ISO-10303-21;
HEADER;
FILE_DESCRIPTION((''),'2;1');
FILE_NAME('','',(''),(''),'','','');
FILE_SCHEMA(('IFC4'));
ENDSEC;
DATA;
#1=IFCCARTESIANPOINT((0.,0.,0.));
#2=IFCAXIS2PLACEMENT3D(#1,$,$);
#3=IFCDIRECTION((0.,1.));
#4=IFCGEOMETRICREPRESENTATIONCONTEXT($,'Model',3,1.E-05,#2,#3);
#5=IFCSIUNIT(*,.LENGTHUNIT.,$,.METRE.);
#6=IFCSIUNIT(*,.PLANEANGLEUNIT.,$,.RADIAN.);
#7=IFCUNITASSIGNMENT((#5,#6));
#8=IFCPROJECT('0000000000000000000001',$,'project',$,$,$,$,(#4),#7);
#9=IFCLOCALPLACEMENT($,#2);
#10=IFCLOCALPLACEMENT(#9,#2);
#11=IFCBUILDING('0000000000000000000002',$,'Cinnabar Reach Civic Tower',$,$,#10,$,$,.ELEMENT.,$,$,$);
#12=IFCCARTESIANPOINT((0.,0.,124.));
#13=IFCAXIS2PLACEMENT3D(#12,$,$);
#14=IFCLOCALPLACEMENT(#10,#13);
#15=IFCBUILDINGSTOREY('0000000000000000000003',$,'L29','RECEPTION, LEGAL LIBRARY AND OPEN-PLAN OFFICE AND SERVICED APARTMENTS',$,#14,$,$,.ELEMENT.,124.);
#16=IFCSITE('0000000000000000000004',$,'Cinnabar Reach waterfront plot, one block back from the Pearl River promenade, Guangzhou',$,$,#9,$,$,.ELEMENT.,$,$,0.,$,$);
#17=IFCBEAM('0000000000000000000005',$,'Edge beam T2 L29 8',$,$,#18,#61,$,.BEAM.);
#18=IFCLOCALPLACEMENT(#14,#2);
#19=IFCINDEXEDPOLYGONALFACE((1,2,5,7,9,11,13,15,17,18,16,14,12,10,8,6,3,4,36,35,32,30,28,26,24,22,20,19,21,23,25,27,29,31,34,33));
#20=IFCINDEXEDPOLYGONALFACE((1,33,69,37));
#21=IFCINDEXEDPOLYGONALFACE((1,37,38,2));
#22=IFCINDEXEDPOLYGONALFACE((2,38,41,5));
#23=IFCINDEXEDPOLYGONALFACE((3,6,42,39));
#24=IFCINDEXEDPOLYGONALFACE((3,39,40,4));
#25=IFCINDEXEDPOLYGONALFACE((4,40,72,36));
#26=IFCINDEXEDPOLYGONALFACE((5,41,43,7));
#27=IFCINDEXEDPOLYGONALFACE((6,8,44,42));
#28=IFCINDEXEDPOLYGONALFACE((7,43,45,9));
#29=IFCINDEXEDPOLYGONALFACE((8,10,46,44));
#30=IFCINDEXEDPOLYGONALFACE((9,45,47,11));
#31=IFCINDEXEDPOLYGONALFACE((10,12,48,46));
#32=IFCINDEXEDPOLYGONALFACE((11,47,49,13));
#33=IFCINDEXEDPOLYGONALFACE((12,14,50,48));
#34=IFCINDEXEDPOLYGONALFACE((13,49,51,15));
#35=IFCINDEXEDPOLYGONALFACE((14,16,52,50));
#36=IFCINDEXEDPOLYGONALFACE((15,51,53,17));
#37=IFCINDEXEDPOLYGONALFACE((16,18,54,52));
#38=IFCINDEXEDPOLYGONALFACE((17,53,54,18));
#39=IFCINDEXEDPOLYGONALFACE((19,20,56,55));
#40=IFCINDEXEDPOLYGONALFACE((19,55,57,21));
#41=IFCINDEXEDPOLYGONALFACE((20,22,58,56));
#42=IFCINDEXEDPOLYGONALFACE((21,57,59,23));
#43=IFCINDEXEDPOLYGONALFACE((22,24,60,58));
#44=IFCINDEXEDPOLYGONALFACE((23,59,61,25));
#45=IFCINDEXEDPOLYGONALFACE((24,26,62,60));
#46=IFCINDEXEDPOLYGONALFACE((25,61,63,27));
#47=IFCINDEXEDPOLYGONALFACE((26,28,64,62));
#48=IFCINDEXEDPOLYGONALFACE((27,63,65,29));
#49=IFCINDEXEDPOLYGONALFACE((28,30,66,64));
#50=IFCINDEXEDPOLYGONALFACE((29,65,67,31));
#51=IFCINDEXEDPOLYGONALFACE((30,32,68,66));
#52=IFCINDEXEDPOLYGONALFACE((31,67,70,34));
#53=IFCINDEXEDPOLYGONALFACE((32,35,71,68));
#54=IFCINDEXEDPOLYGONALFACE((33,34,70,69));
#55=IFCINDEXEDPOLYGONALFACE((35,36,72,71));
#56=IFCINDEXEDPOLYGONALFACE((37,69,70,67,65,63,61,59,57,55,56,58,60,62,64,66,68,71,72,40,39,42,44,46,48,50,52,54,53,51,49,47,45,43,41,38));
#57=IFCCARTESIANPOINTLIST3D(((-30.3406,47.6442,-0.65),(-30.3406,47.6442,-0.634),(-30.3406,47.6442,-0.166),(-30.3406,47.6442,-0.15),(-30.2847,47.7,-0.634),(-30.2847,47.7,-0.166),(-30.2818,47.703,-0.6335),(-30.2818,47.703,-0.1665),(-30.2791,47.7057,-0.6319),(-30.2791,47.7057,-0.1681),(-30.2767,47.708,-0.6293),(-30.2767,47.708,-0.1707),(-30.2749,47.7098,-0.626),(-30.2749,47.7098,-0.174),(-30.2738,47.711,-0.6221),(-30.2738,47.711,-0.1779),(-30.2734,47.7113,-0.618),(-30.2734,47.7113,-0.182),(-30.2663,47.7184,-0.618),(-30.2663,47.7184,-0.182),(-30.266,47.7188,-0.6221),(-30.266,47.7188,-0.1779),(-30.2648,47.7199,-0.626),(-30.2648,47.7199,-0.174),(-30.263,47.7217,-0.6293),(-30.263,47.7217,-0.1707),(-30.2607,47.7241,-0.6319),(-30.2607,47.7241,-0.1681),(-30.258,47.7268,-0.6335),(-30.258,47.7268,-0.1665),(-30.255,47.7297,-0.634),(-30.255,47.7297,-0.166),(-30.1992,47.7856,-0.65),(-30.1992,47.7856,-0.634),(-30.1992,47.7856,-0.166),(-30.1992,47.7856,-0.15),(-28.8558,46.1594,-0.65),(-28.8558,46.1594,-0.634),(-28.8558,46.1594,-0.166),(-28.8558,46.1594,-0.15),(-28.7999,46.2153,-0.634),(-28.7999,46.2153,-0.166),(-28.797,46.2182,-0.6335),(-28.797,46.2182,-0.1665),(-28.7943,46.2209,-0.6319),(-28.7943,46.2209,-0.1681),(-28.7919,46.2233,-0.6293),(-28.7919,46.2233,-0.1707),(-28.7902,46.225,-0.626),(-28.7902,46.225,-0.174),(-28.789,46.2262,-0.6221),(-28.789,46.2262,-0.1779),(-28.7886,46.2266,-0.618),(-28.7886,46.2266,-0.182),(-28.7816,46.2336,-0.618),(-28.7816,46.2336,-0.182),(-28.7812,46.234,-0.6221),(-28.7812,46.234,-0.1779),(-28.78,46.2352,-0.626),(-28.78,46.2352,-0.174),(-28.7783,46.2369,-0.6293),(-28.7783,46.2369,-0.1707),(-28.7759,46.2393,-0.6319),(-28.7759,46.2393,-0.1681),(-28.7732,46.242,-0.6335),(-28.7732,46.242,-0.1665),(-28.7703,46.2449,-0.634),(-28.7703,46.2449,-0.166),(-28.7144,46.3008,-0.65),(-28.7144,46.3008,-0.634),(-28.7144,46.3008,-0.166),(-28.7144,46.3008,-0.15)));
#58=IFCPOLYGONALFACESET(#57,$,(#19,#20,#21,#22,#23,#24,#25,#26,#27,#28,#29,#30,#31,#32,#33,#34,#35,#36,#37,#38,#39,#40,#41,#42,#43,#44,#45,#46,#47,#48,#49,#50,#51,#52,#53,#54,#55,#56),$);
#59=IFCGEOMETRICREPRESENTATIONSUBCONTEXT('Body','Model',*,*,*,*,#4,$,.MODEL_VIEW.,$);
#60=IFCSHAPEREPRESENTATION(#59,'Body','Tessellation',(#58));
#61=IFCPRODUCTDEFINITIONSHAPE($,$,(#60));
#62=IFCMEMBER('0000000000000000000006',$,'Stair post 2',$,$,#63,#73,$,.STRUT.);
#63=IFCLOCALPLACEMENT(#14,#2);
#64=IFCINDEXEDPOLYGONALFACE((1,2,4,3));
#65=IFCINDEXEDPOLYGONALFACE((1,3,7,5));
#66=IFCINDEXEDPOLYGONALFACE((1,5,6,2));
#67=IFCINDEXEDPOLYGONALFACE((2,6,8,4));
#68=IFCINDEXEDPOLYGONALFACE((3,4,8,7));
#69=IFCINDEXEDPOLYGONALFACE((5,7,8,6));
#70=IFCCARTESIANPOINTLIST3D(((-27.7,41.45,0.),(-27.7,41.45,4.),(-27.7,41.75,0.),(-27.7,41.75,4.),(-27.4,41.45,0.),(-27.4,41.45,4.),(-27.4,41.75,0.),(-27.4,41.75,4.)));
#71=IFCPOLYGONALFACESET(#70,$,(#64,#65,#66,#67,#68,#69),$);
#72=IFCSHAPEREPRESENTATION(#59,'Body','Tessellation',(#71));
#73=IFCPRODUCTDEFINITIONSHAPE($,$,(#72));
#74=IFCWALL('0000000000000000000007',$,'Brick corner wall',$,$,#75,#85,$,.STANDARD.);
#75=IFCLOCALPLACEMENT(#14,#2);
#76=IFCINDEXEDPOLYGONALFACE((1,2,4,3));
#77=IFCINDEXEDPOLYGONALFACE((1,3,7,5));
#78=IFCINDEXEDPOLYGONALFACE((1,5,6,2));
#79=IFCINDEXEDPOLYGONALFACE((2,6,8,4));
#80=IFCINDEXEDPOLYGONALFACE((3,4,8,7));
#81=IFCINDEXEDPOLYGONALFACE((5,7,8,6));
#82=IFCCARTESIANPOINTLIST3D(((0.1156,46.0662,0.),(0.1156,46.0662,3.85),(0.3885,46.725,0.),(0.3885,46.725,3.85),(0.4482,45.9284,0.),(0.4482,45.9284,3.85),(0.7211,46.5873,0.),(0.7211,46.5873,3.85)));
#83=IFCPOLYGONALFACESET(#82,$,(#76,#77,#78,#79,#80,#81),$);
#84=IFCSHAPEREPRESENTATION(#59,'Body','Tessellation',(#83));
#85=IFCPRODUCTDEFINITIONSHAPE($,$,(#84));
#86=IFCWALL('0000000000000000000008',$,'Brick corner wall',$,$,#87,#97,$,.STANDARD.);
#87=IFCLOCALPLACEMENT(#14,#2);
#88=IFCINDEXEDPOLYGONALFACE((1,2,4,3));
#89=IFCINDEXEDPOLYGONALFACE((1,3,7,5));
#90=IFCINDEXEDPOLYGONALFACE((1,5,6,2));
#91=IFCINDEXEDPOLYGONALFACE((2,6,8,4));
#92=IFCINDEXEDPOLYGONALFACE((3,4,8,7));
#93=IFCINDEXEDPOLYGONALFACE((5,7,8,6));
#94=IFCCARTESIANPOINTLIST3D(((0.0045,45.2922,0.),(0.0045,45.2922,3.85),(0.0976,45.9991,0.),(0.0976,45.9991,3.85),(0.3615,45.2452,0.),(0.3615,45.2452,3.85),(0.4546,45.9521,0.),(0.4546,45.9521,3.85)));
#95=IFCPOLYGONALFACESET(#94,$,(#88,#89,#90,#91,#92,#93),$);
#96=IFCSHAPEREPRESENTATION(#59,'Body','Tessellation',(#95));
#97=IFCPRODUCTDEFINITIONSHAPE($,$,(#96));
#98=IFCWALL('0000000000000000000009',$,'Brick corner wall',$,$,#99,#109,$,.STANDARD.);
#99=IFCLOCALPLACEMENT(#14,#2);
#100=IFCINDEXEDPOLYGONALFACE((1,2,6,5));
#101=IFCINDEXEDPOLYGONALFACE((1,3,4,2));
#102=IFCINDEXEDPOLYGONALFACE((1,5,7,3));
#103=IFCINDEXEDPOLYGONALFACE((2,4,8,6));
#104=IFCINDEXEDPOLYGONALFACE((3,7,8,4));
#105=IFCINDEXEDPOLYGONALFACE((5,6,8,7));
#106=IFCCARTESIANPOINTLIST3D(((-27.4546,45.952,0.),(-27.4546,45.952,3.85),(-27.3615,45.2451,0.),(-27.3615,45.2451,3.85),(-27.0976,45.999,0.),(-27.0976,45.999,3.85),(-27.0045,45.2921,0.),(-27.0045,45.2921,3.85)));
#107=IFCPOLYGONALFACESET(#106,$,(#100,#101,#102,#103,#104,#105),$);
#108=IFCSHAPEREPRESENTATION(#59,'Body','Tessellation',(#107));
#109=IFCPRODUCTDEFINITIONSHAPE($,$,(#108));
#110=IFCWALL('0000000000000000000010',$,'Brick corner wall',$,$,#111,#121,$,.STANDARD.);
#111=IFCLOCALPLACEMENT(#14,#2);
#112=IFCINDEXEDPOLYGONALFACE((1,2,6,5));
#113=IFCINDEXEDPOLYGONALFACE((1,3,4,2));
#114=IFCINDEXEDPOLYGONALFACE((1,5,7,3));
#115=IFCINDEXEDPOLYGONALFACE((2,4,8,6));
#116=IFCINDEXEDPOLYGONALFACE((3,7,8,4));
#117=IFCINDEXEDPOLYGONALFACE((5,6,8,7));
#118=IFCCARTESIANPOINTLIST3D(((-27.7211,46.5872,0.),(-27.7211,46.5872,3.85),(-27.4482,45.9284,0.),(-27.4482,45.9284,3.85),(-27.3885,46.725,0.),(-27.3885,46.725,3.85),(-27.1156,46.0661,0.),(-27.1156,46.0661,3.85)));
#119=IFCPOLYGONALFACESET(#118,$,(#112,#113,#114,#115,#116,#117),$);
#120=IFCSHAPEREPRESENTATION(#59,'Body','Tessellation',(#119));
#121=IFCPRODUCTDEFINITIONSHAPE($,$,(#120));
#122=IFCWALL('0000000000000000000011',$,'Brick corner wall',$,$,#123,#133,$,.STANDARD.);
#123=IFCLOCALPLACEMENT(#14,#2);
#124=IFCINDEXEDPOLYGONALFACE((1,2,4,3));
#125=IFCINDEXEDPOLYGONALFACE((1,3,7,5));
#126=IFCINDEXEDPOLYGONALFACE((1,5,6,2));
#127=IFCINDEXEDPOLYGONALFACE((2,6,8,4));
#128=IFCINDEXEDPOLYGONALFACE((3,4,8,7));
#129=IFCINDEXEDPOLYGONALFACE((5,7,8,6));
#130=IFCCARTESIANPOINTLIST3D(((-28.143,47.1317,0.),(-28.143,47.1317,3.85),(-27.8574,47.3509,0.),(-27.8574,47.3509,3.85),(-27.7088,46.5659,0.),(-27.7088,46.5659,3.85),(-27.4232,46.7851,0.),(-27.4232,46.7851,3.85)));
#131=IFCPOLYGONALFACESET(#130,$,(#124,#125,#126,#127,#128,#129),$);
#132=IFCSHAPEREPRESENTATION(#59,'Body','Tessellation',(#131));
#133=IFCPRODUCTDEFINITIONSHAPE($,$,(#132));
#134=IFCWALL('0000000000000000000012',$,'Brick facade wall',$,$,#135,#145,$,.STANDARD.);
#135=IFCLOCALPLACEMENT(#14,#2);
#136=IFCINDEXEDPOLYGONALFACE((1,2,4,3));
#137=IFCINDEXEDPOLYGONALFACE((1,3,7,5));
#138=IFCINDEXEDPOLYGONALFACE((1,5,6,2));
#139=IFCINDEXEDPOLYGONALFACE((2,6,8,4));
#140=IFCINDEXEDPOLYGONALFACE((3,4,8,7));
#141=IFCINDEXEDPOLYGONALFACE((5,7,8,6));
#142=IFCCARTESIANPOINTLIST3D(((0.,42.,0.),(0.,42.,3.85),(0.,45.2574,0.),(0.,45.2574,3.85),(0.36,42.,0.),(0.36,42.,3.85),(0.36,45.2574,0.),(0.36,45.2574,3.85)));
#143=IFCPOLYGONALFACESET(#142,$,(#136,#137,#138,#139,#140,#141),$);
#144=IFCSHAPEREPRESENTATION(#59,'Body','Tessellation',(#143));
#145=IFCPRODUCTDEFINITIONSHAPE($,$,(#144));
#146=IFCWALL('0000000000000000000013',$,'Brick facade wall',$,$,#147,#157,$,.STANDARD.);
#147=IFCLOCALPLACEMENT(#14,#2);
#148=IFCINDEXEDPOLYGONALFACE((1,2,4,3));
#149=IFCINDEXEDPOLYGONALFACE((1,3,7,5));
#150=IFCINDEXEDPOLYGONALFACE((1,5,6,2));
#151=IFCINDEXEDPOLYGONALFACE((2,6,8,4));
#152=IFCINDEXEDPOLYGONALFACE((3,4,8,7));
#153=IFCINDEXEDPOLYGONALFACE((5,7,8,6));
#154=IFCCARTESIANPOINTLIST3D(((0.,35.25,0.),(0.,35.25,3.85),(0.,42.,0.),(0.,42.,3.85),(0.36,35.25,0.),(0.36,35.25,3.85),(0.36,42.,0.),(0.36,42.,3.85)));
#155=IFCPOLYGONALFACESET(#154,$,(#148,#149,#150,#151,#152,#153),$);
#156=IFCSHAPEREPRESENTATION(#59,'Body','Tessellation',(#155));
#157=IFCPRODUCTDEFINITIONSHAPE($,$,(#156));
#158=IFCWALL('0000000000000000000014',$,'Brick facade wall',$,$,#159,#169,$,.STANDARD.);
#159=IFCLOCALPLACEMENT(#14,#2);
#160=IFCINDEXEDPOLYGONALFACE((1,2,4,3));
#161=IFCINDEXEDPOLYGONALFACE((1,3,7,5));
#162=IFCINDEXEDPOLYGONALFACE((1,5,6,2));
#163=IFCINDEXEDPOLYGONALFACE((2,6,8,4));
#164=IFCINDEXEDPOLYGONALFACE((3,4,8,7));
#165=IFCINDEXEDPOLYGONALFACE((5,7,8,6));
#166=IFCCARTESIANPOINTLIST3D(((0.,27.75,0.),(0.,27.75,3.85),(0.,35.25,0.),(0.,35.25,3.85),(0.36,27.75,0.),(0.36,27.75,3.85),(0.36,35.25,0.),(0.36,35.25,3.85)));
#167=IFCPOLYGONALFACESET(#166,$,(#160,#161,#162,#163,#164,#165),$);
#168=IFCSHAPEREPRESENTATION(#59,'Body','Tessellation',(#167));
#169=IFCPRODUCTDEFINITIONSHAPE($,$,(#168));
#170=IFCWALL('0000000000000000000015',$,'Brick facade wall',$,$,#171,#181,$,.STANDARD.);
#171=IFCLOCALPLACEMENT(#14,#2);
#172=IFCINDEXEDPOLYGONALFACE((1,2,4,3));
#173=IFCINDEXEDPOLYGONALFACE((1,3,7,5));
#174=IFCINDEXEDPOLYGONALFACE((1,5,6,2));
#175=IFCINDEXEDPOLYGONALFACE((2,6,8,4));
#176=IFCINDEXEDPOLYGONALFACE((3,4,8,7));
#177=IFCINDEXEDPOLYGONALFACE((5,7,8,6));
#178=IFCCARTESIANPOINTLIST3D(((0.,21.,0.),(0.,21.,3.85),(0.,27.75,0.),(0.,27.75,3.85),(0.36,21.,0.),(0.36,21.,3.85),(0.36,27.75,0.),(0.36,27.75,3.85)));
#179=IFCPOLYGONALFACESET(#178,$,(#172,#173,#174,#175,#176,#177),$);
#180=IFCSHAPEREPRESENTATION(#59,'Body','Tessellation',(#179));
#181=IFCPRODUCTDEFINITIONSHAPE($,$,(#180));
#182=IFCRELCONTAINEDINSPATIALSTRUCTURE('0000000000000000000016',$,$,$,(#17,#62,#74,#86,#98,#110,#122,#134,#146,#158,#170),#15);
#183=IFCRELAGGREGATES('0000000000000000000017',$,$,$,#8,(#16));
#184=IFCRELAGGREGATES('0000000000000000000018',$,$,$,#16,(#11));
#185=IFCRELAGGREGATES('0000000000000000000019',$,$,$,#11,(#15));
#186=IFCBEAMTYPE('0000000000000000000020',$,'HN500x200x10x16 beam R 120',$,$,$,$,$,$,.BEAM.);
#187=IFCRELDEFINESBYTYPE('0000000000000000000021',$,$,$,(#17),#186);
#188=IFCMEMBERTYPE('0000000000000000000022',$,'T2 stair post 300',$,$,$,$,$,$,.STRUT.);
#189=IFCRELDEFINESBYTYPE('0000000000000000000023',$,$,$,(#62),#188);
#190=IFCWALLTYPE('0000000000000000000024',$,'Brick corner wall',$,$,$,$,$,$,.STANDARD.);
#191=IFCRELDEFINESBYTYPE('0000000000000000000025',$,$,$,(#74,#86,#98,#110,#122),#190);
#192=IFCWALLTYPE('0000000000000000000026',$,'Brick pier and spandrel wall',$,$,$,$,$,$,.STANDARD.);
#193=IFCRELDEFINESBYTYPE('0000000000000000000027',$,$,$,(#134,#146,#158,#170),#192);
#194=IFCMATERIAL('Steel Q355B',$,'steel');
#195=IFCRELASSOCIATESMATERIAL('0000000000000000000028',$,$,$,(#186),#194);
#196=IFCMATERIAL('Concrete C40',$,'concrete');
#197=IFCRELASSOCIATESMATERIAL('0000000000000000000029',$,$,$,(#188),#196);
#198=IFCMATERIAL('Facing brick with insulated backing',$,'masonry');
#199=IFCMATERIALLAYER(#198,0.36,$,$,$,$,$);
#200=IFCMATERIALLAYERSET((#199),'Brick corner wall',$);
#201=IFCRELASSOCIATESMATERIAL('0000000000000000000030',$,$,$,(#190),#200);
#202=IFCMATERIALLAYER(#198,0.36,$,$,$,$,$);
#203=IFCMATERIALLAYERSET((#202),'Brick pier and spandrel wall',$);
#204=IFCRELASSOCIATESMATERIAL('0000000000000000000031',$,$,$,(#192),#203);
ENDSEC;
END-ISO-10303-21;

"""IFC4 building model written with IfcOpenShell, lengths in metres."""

from ifc_helpers import new_model, si_unit, direction, frame, frame_2d, origin, origin_2d, place, context, subcontext, project, spatial, rectangle, i_section, extrude, material, layer, layer_set, material_profile, profile_set, type_object, element, save


model = new_model("IFC4")

# Units and contexts
model_context = context("Model", 3, precision=1e-05, world=origin(), true_north=direction((0.0, 1.0)))
body_context = subcontext(model_context, "Body", "Model", "MODEL_VIEW")
ifc_project = project(units=[si_unit("LENGTHUNIT", "METRE"), si_unit("PLANEANGLEUNIT", "RADIAN")], contexts=[model_context])

# Site, building, storey
site_placement = place(None, origin())
site = spatial("IfcSite", under=ifc_project, at=site_placement, Name="Cinnabar Reach waterfront plot, one block back from the Pearl River promenade, Guangzhou", CompositionType="ELEMENT", RefElevation=0.0)
building_placement = place(site_placement, origin())
building = spatial("IfcBuilding", under=site, at=building_placement, Name="Cinnabar Reach Civic Tower", CompositionType="ELEMENT")
storey_placement = place(building_placement, frame((0.0, 0.0, 124.0)))
storey = spatial("IfcBuildingStorey", under=building, at=storey_placement, Name="L29", Description="RECEPTION, LEGAL LIBRARY AND OPEN-PLAN OFFICE AND SERVICED APARTMENTS", CompositionType="ELEMENT", Elevation=124.0)

# Beam
ifc_material_1 = material(Name="Steel Q355B", Category="steel")
ifc_material_profile_1 = material_profile(ifc_material_1, i_section(OverallWidth=0.2, OverallDepth=0.5, WebThickness=0.01, FlangeThickness=0.016, FilletRadius=0.016, at=origin_2d()), Name="HN500x200x10x16")
ifc_profile_set_1 = profile_set([ifc_material_profile_1], Name="Steel Q355B")
beam_type = type_object("IfcBeamType", Name="HN500x200x10x16 beam R 120", PredefinedType="BEAM", material=ifc_profile_set_1)
beam_1_placement = place(storey_placement, frame((-28.7851, 46.2301, -0.4), z_axis=(-0.707107, 0.707107, 0.0), x_axis=(-0.707107, -0.707107, 0.0)))
element("IfcBeam", 1, at=beam_1_placement, inside=storey, type_object=beam_type, Name="Edge beam T2 L29 8", PredefinedType="BEAM", context=body_context, shape_type="SweptSolid", body=[
    extrude(i_section(OverallWidth=0.2, OverallDepth=0.5, WebThickness=0.01, FlangeThickness=0.016, FilletRadius=0.016, at=origin_2d()), origin(), (0.0, 0.0, 1.0), 2.0998),
])

# Member
ifc_material_2 = material(Name="Concrete C40", Category="concrete")
ifc_material_profile_2 = material_profile(ifc_material_2, rectangle(XDim=0.3, YDim=0.3, at=origin_2d()), Name="C300")
ifc_profile_set_2 = profile_set([ifc_material_profile_2], Name="Concrete C40")
member_type = type_object("IfcMemberType", Name="T2 stair post 300", PredefinedType="STRUT", material=ifc_profile_set_2)
member_placement = place(storey_placement, frame((-27.55, 41.6, 0.0), z_axis=(0.0, 0.0, 1.0), x_axis=(1.0, 0.0, 0.0)))
element("IfcMember", 2, at=member_placement, inside=storey, type_object=member_type, Name="Stair post 2", PredefinedType="STRUT", context=body_context, shape_type="SweptSolid", body=[
    extrude(rectangle(XDim=0.3, YDim=0.3, at=origin_2d()), origin(), (0.0, 0.0, 1.0), 4.0),
])

# Walls
ifc_material_3 = material(Name="Facing brick with insulated backing", Category="masonry")
ifc_layer_1 = layer(ifc_material_3, 0.36)
ifc_layer_set_1 = layer_set([ifc_layer_1], Name="Brick corner wall")
wall_type_1 = type_object("IfcWallType", Name="Brick corner wall", PredefinedType="STANDARD", material=ifc_layer_set_1)
for number, where, z_axis, x_axis, name in (
    (3, (0.5548, 46.6561, 0.0), (0.0, 0.0, 1.0), (-0.382703, -0.923872, 0.0), "Brick corner wall"),
    (4, (0.2761, 45.9756, 0.0), (0.0, 0.0, 1.0), (-0.130556, -0.991441, 0.0), "Brick corner wall"),
    (5, (-27.183, 45.2686, 0.0), (0.0, 0.0, 1.0), (-0.130556, 0.991441, 0.0), "Brick corner wall"),
    (6, (-27.2819, 45.9973, 0.0), (0.0, 0.0, 1.0), (-0.382703, 0.923872, 0.0), "Brick corner wall"),
):
    element("IfcWall", number, at=place(storey_placement, frame(where, z_axis=z_axis, x_axis=x_axis)), inside=storey, type_object=wall_type_1, Name=name, PredefinedType="STANDARD", context=body_context, shape_type="SweptSolid", body=[
        extrude(rectangle(XDim=0.7131, YDim=0.36, at=frame_2d((0.3565, 0.0))), origin(), (0.0, 0.0, 1.0), 3.85),
    ])
wall_1_placement = place(storey_placement, frame((-27.566, 46.6755, 0.0), z_axis=(0.0, 0.0, 1.0), x_axis=(-0.608802, 0.793322, 0.0)))
element("IfcWall", 7, at=wall_1_placement, inside=storey, type_object=wall_type_1, Name="Brick corner wall", PredefinedType="STANDARD", context=body_context, shape_type="SweptSolid", body=[
    extrude(rectangle(XDim=0.7132, YDim=0.36, at=frame_2d((0.3566, 0.0))), origin(), (0.0, 0.0, 1.0), 3.85),
])
ifc_layer_2 = layer(ifc_material_3, 0.36)
ifc_layer_set_2 = layer_set([ifc_layer_2], Name="Brick pier and spandrel wall")
wall_type_2 = type_object("IfcWallType", Name="Brick pier and spandrel wall", PredefinedType="STANDARD", material=ifc_layer_set_2)
wall_2_placement = place(storey_placement, frame((0.18, 45.2574, 0.0), z_axis=(0.0, 0.0, 1.0), x_axis=(0.0, -1.0, 0.0)))
element("IfcWall", 8, at=wall_2_placement, inside=storey, type_object=wall_type_2, Name="Brick facade wall", PredefinedType="STANDARD", context=body_context, shape_type="SweptSolid", body=[
    extrude(rectangle(XDim=3.2574, YDim=0.36, at=frame_2d((1.6287, 0.0))), origin(), (0.0, 0.0, 1.0), 3.85),
])
wall_3_placement = place(storey_placement, frame((0.18, 42.0, 0.0), z_axis=(0.0, 0.0, 1.0), x_axis=(0.0, -1.0, 0.0)))
element("IfcWall", 9, at=wall_3_placement, inside=storey, type_object=wall_type_2, Name="Brick facade wall", PredefinedType="STANDARD", context=body_context, shape_type="SweptSolid", body=[
    extrude(rectangle(XDim=6.75, YDim=0.36, at=frame_2d((3.375, 0.0))), origin(), (0.0, 0.0, 1.0), 3.85),
])
wall_4_placement = place(storey_placement, frame((0.18, 35.25, 0.0), z_axis=(0.0, 0.0, 1.0), x_axis=(0.0, -1.0, 0.0)))
element("IfcWall", 10, at=wall_4_placement, inside=storey, type_object=wall_type_2, Name="Brick facade wall", PredefinedType="STANDARD", context=body_context, shape_type="SweptSolid", body=[
    extrude(rectangle(XDim=7.5, YDim=0.36, at=frame_2d((3.75, 0.0))), origin(), (0.0, 0.0, 1.0), 3.85),
])
wall_5_placement = place(storey_placement, frame((0.18, 27.75, 0.0), z_axis=(0.0, 0.0, 1.0), x_axis=(0.0, -1.0, 0.0)))
element("IfcWall", 11, at=wall_5_placement, inside=storey, type_object=wall_type_2, Name="Brick facade wall", PredefinedType="STANDARD", context=body_context, shape_type="SweptSolid", body=[
    extrude(rectangle(XDim=6.75, YDim=0.36, at=frame_2d((3.375, 0.0))), origin(), (0.0, 0.0, 1.0), 3.85),
])

save(model, "model.ifc")
